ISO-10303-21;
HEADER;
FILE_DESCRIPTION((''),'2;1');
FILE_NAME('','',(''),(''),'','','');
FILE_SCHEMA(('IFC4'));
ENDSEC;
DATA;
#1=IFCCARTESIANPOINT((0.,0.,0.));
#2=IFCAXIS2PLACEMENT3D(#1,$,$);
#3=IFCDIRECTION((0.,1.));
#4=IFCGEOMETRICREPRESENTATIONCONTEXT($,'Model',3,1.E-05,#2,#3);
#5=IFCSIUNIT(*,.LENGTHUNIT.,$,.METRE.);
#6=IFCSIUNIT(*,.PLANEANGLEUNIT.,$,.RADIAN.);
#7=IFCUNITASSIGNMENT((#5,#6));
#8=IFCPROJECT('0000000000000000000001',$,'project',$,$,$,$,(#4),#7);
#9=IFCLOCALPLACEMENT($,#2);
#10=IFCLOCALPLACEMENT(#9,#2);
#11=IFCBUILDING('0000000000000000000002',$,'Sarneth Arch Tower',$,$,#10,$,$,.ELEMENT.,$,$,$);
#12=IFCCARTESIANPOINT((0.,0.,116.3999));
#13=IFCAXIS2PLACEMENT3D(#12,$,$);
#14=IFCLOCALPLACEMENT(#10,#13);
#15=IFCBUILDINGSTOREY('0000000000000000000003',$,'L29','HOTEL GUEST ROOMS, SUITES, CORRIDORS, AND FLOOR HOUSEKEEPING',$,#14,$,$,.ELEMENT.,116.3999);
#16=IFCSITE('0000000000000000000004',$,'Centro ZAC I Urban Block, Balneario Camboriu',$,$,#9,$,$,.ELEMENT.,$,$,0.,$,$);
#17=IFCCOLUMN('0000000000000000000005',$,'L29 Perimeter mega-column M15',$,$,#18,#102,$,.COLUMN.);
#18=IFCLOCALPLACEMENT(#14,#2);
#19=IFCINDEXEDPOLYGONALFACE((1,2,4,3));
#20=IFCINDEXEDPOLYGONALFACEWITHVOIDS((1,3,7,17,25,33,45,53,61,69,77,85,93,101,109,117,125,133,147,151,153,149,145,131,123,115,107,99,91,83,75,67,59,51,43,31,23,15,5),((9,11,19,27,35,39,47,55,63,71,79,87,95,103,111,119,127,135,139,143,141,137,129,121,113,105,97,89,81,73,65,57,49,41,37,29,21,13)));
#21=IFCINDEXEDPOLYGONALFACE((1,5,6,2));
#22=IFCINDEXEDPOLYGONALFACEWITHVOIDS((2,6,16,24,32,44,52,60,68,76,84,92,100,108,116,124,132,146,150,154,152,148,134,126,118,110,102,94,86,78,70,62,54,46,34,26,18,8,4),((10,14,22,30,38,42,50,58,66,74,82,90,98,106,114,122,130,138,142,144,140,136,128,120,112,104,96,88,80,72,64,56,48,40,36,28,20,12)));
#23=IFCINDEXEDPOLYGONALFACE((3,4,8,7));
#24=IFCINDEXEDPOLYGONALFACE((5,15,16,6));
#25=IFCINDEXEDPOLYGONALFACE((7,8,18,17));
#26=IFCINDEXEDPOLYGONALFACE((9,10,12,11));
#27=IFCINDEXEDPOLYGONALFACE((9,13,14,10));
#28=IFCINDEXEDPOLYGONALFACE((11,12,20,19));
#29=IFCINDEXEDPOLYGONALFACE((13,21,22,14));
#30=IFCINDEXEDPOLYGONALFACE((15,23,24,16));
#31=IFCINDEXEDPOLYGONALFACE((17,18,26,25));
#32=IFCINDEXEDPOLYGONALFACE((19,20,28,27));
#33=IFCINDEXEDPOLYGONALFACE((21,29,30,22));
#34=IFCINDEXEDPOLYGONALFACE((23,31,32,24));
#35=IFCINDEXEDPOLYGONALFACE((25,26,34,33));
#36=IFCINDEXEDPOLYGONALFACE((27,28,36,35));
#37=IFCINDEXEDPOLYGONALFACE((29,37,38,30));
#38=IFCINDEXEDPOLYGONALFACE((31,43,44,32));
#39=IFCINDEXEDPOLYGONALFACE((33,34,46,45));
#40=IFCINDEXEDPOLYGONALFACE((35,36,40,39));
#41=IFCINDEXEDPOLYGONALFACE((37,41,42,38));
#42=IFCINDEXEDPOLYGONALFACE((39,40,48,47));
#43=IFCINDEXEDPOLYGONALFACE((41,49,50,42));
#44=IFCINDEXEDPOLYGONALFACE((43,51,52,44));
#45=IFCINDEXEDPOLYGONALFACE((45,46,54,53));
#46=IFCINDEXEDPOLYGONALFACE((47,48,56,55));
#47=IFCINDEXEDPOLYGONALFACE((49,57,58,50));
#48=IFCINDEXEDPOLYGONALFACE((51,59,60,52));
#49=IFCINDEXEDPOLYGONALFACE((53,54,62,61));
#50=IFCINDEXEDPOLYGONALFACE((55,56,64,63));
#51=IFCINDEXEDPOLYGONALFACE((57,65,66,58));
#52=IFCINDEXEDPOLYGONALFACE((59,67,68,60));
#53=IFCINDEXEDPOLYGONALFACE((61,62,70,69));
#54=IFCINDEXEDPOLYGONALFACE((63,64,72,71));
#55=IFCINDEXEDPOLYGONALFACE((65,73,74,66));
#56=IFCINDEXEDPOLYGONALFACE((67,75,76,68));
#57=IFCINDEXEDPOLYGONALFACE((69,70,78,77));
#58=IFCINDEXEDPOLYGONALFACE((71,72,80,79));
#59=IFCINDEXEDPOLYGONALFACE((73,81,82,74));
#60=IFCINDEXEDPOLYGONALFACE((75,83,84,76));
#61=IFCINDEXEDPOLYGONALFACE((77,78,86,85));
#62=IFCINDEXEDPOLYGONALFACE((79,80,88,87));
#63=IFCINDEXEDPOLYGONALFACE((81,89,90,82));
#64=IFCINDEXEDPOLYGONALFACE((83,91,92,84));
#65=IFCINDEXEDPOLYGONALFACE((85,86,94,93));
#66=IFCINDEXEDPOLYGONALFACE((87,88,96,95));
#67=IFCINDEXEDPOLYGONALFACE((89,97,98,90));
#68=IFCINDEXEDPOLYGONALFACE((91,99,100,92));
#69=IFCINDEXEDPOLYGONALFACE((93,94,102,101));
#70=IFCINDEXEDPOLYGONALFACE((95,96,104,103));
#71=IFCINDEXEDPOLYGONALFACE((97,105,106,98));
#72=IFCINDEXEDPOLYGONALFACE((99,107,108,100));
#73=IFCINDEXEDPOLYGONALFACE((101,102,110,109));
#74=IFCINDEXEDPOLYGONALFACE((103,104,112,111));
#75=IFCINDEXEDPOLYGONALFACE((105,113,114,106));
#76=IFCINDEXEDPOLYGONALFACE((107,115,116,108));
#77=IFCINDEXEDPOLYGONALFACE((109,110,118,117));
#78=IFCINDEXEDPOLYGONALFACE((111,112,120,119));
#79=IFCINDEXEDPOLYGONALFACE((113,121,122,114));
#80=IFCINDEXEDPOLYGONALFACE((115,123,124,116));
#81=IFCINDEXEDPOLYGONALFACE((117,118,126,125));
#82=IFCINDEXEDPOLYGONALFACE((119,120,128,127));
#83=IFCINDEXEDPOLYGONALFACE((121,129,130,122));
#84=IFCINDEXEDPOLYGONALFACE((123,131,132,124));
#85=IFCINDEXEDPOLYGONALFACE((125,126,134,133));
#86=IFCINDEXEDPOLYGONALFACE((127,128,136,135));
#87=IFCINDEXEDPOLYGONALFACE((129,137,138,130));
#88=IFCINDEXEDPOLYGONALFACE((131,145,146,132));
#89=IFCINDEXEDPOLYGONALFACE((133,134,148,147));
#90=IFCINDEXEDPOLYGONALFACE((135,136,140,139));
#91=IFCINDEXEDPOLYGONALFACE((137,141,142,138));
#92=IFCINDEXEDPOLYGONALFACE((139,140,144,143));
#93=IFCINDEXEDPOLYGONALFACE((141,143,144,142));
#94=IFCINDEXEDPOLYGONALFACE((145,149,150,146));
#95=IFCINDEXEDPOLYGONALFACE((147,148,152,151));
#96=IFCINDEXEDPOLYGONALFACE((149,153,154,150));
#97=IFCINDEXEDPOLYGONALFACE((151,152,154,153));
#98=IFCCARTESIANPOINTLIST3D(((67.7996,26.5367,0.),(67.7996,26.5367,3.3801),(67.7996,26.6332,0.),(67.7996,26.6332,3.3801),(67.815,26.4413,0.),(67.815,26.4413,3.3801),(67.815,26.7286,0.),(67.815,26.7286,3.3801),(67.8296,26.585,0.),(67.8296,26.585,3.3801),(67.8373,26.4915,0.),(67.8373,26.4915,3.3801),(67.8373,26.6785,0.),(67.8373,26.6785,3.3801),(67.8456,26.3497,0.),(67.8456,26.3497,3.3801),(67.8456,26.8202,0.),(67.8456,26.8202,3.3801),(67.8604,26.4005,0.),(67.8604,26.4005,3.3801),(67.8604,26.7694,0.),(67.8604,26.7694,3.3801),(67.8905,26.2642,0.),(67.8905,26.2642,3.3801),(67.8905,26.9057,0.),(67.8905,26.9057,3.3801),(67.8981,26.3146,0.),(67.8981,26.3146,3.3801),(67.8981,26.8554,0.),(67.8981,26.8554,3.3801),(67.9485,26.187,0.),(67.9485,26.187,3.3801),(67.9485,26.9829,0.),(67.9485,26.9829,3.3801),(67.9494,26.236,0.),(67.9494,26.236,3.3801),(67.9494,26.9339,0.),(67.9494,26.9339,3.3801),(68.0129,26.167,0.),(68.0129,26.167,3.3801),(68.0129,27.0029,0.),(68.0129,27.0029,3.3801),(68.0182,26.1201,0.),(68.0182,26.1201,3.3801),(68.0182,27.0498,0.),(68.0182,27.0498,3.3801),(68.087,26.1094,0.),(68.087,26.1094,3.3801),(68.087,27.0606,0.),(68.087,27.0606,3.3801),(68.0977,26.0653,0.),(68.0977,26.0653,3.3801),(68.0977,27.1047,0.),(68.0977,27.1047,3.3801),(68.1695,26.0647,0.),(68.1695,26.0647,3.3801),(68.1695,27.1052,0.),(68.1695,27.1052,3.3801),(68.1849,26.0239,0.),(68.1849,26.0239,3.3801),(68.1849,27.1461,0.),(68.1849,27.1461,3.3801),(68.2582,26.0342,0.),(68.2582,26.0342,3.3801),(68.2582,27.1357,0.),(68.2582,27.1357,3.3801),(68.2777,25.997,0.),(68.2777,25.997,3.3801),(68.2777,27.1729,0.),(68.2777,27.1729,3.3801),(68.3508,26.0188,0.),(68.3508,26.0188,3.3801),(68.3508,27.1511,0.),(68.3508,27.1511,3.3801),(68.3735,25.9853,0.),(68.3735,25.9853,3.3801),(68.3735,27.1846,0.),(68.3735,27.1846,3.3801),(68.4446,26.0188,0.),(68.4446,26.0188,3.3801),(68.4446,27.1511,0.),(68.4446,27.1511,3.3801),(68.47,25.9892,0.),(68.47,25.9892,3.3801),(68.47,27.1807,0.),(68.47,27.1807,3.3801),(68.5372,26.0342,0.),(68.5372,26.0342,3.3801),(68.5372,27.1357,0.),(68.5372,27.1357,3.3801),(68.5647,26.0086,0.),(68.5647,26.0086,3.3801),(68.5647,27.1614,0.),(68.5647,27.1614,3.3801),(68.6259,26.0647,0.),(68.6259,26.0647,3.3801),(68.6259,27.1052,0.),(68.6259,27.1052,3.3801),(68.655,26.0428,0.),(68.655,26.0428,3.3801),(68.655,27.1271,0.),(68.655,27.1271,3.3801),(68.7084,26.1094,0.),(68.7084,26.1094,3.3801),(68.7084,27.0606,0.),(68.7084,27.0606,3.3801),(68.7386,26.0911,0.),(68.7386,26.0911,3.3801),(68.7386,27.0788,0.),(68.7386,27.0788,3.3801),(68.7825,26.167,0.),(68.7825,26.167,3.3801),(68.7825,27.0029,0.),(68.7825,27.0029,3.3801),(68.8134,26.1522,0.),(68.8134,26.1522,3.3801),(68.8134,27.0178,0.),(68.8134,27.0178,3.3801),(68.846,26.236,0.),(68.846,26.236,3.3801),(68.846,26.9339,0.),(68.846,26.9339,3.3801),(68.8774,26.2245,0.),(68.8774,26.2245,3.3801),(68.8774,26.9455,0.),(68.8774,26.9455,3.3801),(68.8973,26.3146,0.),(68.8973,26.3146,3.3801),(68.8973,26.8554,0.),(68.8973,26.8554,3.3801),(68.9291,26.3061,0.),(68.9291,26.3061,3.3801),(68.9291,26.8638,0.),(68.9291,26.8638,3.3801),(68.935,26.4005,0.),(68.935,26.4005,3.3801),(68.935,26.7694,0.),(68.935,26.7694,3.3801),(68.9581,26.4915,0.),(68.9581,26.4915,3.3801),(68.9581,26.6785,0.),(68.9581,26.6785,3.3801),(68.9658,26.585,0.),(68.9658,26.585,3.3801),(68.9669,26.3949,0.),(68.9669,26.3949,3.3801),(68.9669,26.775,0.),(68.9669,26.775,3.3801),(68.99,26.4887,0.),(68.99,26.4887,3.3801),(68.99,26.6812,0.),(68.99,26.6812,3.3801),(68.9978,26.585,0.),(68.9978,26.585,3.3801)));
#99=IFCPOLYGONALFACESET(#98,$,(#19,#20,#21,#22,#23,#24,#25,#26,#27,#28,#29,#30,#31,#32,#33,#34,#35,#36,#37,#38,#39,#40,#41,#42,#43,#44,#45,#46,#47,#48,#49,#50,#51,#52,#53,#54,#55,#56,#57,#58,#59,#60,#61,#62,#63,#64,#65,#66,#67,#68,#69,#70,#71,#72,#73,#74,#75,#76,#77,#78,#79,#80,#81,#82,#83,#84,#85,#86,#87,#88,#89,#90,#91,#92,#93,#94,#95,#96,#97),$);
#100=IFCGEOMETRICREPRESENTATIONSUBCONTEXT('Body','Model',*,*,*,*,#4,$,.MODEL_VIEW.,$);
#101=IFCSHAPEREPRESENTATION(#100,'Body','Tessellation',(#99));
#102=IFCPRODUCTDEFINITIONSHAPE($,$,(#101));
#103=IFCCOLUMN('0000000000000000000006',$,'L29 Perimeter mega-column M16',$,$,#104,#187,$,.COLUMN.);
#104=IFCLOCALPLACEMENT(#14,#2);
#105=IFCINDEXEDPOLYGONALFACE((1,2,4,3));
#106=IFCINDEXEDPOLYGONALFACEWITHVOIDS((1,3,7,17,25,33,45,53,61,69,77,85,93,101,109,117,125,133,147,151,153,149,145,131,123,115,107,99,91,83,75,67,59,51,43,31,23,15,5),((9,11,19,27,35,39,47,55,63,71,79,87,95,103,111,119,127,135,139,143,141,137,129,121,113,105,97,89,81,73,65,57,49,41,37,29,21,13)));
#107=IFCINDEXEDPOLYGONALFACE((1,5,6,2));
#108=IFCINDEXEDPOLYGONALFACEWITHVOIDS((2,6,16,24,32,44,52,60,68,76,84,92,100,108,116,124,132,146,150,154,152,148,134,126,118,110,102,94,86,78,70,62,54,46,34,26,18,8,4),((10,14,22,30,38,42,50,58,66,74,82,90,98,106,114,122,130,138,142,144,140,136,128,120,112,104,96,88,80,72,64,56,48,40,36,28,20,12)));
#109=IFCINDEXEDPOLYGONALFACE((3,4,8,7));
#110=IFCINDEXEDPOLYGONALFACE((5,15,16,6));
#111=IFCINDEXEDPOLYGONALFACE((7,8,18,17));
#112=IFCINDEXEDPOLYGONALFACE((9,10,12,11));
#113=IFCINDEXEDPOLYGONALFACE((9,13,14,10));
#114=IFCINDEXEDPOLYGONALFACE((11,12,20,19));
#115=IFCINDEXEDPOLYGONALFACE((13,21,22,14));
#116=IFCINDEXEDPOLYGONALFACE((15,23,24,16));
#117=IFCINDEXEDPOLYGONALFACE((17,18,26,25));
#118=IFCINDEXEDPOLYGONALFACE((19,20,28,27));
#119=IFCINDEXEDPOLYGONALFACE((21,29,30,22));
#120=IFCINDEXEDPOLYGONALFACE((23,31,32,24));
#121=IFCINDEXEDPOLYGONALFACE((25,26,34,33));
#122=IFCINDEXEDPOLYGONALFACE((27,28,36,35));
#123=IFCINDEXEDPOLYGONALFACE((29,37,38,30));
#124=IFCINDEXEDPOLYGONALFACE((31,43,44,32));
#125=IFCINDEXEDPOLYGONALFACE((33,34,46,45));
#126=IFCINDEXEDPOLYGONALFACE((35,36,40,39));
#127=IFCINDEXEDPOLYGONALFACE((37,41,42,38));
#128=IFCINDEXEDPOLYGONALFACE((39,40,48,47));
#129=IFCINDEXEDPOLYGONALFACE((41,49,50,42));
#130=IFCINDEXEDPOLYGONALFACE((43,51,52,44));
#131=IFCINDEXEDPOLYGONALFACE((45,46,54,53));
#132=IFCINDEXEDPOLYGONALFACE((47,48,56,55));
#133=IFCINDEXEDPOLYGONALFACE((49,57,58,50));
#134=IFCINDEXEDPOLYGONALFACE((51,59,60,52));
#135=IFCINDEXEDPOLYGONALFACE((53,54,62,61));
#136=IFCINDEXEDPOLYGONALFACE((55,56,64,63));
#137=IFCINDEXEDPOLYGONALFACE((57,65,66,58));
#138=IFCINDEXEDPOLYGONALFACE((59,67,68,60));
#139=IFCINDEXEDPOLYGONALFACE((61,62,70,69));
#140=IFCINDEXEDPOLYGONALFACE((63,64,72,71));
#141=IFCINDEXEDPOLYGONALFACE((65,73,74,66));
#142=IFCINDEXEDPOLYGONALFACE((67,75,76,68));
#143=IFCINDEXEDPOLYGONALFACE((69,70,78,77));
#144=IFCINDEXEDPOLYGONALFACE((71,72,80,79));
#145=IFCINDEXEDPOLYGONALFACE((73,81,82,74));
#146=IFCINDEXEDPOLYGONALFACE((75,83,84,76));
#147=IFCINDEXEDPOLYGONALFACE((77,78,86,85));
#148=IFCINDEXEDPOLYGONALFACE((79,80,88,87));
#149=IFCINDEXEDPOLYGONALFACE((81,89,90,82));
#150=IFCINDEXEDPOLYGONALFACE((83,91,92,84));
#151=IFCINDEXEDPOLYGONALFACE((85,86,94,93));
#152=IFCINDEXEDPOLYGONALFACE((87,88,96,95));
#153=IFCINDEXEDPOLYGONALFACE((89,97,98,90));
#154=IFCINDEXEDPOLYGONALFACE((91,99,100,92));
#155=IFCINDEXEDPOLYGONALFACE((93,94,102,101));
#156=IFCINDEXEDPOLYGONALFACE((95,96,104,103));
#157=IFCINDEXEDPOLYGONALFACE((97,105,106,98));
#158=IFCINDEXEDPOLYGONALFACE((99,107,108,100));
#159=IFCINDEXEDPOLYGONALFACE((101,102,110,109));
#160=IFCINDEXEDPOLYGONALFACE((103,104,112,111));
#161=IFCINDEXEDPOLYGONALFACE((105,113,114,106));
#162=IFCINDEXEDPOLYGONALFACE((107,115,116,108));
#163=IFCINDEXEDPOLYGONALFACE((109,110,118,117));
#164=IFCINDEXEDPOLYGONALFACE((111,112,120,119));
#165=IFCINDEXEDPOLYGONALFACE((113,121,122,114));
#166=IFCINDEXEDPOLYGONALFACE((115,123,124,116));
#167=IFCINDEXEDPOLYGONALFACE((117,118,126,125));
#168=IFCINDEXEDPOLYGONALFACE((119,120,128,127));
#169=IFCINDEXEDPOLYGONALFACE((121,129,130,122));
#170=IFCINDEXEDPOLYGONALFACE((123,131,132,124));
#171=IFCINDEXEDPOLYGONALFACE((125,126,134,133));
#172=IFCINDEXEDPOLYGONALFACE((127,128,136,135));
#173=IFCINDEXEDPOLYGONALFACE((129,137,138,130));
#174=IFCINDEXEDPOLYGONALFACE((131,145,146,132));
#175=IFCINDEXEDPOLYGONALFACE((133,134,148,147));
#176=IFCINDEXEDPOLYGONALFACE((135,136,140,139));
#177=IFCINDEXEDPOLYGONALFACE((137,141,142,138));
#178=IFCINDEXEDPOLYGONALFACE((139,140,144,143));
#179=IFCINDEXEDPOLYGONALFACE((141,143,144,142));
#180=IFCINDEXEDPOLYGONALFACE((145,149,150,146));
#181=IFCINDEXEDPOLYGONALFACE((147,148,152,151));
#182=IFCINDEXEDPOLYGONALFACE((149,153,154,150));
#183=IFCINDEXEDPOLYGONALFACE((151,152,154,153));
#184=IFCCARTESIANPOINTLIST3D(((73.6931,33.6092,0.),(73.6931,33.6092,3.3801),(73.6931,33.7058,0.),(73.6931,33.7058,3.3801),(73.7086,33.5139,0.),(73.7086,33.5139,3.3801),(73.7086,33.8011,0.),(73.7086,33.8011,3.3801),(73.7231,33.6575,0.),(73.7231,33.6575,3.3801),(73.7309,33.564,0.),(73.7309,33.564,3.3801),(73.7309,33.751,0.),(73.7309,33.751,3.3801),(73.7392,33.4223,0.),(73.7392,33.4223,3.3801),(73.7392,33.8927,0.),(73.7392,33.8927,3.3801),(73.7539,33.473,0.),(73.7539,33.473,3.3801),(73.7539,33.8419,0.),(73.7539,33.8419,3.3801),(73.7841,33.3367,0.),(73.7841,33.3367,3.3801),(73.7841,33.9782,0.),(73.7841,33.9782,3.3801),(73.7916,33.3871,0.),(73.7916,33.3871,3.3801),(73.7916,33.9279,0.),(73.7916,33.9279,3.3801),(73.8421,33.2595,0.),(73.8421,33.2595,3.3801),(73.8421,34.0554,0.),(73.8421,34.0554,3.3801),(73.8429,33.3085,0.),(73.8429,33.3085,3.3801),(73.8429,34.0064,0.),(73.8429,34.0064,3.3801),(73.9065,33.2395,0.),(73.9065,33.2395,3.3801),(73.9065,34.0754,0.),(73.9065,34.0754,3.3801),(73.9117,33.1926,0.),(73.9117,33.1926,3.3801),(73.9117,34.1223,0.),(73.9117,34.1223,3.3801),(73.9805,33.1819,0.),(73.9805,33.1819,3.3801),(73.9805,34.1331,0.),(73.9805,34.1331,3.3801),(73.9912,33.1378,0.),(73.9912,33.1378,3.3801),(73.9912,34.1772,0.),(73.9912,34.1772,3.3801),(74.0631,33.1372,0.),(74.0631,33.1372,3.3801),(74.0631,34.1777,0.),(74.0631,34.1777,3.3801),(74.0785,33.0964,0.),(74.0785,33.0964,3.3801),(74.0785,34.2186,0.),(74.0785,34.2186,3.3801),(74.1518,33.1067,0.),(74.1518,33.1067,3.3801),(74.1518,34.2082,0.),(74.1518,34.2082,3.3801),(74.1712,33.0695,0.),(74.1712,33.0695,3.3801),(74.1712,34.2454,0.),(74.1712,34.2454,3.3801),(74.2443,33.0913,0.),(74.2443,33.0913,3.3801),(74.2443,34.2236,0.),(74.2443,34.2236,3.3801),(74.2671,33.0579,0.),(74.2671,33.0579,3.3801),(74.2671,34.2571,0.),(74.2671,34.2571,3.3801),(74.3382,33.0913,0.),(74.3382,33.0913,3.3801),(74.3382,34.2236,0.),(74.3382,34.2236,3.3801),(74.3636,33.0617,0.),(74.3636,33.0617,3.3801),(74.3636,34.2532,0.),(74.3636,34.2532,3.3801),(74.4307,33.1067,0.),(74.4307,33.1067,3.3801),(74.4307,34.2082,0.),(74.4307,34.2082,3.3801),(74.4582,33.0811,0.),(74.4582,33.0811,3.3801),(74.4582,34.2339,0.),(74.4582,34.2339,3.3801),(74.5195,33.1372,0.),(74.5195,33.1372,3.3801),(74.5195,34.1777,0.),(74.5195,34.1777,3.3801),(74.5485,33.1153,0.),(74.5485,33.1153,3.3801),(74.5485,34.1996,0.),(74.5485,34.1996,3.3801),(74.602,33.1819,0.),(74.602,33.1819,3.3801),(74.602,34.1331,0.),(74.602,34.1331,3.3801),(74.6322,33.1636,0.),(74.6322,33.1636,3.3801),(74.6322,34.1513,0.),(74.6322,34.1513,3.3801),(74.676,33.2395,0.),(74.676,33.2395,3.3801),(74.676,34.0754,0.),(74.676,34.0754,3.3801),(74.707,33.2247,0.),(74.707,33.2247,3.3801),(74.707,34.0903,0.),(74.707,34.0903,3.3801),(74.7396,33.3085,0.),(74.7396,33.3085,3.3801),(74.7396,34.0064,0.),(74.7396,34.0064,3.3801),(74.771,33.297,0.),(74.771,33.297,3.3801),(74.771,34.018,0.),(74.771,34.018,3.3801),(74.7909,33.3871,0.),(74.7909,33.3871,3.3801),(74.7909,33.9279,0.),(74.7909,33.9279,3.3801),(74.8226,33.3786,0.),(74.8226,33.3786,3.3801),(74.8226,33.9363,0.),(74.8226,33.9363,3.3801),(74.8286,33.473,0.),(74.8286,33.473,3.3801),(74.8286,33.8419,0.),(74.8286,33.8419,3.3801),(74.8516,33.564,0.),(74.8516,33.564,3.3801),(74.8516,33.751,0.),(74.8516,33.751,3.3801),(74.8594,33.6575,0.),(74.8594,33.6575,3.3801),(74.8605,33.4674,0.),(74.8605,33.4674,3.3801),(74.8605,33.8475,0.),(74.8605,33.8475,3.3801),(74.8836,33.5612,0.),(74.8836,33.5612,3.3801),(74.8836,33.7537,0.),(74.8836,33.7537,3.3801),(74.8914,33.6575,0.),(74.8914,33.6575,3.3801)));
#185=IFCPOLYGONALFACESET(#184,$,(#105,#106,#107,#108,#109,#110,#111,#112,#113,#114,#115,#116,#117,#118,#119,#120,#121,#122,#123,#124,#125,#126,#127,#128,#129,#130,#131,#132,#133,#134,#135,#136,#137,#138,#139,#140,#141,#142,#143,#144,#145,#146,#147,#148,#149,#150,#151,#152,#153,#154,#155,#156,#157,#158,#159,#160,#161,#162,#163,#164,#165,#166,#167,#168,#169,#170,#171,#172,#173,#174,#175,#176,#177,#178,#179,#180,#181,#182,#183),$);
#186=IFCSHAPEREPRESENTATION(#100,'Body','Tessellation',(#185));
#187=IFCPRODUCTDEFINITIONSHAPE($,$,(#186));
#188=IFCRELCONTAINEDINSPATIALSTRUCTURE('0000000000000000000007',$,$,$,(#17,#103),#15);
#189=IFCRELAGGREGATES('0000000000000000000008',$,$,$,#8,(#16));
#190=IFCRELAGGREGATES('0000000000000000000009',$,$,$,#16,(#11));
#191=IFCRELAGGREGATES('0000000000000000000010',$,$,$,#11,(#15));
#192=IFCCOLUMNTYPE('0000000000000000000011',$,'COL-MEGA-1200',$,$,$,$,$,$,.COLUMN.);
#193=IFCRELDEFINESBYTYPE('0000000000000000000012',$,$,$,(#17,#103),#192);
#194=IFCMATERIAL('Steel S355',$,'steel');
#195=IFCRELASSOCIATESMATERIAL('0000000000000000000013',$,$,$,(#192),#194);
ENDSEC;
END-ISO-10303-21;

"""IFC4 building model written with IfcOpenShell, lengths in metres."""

from ifc_helpers import new_model, si_unit, direction, frame, origin, origin_2d, place, context, subcontext, project, spatial, hollow_circle, extrude, material, material_profile, profile_set, type_object, element, save


model = new_model("IFC4")

# Units and contexts
model_context = context("Model", 3, precision=1e-05, world=origin(), true_north=direction((0.0, 1.0)))
body_context = subcontext(model_context, "Body", "Model", "MODEL_VIEW")
ifc_project = project(units=[si_unit("LENGTHUNIT", "METRE"), si_unit("PLANEANGLEUNIT", "RADIAN")], contexts=[model_context])

# Site, building, storey
site_placement = place(None, origin())
site = spatial("IfcSite", under=ifc_project, at=site_placement, Name="Centro ZAC I Urban Block, Balneario Camboriu", CompositionType="ELEMENT", RefElevation=0.0)
building_placement = place(site_placement, origin())
building = spatial("IfcBuilding", under=site, at=building_placement, Name="Sarneth Arch Tower", CompositionType="ELEMENT")
storey_placement = place(building_placement, frame((0.0, 0.0, 116.3999)))
storey = spatial("IfcBuildingStorey", under=building, at=storey_placement, Name="L29", Description="HOTEL GUEST ROOMS, SUITES, CORRIDORS, AND FLOOR HOUSEKEEPING", CompositionType="ELEMENT", Elevation=116.3999)

# Columns
ifc_material_1 = material(Name="Steel S355", Category="steel")
ifc_material_profile_1 = material_profile(ifc_material_1, hollow_circle(Radius=0.6001, WallThickness=0.032, at=origin_2d()), Name="CHS1200x32")
ifc_profile_set_1 = profile_set([ifc_material_profile_1], Name="Steel S355")
column_type = type_object("IfcColumnType", Name="COL-MEGA-1200", PredefinedType="COLUMN", material=ifc_profile_set_1)
for number, where, z_axis, x_axis, name in (
    (1, (68.3977, 26.585, 0.0), (0.0, 0.0, 1.0), (1.0, 0.0, 0.0), "L29 Perimeter mega-column M15"),
    (2, (74.2913, 33.6575, 0.0), (0.0, 0.0, 1.0), (1.0, 0.0, 0.0), "L29 Perimeter mega-column M16"),
):
    element("IfcColumn", number, at=place(storey_placement, frame(where, z_axis=z_axis, x_axis=x_axis)), inside=storey, type_object=column_type, Name=name, PredefinedType="COLUMN", context=body_context, shape_type="SweptSolid", body=[
        extrude(hollow_circle(Radius=0.6001, WallThickness=0.032, at=origin_2d()), origin(), (0.0, 0.0, 1.0), 3.3801),
    ])

save(model, "model.ifc")
